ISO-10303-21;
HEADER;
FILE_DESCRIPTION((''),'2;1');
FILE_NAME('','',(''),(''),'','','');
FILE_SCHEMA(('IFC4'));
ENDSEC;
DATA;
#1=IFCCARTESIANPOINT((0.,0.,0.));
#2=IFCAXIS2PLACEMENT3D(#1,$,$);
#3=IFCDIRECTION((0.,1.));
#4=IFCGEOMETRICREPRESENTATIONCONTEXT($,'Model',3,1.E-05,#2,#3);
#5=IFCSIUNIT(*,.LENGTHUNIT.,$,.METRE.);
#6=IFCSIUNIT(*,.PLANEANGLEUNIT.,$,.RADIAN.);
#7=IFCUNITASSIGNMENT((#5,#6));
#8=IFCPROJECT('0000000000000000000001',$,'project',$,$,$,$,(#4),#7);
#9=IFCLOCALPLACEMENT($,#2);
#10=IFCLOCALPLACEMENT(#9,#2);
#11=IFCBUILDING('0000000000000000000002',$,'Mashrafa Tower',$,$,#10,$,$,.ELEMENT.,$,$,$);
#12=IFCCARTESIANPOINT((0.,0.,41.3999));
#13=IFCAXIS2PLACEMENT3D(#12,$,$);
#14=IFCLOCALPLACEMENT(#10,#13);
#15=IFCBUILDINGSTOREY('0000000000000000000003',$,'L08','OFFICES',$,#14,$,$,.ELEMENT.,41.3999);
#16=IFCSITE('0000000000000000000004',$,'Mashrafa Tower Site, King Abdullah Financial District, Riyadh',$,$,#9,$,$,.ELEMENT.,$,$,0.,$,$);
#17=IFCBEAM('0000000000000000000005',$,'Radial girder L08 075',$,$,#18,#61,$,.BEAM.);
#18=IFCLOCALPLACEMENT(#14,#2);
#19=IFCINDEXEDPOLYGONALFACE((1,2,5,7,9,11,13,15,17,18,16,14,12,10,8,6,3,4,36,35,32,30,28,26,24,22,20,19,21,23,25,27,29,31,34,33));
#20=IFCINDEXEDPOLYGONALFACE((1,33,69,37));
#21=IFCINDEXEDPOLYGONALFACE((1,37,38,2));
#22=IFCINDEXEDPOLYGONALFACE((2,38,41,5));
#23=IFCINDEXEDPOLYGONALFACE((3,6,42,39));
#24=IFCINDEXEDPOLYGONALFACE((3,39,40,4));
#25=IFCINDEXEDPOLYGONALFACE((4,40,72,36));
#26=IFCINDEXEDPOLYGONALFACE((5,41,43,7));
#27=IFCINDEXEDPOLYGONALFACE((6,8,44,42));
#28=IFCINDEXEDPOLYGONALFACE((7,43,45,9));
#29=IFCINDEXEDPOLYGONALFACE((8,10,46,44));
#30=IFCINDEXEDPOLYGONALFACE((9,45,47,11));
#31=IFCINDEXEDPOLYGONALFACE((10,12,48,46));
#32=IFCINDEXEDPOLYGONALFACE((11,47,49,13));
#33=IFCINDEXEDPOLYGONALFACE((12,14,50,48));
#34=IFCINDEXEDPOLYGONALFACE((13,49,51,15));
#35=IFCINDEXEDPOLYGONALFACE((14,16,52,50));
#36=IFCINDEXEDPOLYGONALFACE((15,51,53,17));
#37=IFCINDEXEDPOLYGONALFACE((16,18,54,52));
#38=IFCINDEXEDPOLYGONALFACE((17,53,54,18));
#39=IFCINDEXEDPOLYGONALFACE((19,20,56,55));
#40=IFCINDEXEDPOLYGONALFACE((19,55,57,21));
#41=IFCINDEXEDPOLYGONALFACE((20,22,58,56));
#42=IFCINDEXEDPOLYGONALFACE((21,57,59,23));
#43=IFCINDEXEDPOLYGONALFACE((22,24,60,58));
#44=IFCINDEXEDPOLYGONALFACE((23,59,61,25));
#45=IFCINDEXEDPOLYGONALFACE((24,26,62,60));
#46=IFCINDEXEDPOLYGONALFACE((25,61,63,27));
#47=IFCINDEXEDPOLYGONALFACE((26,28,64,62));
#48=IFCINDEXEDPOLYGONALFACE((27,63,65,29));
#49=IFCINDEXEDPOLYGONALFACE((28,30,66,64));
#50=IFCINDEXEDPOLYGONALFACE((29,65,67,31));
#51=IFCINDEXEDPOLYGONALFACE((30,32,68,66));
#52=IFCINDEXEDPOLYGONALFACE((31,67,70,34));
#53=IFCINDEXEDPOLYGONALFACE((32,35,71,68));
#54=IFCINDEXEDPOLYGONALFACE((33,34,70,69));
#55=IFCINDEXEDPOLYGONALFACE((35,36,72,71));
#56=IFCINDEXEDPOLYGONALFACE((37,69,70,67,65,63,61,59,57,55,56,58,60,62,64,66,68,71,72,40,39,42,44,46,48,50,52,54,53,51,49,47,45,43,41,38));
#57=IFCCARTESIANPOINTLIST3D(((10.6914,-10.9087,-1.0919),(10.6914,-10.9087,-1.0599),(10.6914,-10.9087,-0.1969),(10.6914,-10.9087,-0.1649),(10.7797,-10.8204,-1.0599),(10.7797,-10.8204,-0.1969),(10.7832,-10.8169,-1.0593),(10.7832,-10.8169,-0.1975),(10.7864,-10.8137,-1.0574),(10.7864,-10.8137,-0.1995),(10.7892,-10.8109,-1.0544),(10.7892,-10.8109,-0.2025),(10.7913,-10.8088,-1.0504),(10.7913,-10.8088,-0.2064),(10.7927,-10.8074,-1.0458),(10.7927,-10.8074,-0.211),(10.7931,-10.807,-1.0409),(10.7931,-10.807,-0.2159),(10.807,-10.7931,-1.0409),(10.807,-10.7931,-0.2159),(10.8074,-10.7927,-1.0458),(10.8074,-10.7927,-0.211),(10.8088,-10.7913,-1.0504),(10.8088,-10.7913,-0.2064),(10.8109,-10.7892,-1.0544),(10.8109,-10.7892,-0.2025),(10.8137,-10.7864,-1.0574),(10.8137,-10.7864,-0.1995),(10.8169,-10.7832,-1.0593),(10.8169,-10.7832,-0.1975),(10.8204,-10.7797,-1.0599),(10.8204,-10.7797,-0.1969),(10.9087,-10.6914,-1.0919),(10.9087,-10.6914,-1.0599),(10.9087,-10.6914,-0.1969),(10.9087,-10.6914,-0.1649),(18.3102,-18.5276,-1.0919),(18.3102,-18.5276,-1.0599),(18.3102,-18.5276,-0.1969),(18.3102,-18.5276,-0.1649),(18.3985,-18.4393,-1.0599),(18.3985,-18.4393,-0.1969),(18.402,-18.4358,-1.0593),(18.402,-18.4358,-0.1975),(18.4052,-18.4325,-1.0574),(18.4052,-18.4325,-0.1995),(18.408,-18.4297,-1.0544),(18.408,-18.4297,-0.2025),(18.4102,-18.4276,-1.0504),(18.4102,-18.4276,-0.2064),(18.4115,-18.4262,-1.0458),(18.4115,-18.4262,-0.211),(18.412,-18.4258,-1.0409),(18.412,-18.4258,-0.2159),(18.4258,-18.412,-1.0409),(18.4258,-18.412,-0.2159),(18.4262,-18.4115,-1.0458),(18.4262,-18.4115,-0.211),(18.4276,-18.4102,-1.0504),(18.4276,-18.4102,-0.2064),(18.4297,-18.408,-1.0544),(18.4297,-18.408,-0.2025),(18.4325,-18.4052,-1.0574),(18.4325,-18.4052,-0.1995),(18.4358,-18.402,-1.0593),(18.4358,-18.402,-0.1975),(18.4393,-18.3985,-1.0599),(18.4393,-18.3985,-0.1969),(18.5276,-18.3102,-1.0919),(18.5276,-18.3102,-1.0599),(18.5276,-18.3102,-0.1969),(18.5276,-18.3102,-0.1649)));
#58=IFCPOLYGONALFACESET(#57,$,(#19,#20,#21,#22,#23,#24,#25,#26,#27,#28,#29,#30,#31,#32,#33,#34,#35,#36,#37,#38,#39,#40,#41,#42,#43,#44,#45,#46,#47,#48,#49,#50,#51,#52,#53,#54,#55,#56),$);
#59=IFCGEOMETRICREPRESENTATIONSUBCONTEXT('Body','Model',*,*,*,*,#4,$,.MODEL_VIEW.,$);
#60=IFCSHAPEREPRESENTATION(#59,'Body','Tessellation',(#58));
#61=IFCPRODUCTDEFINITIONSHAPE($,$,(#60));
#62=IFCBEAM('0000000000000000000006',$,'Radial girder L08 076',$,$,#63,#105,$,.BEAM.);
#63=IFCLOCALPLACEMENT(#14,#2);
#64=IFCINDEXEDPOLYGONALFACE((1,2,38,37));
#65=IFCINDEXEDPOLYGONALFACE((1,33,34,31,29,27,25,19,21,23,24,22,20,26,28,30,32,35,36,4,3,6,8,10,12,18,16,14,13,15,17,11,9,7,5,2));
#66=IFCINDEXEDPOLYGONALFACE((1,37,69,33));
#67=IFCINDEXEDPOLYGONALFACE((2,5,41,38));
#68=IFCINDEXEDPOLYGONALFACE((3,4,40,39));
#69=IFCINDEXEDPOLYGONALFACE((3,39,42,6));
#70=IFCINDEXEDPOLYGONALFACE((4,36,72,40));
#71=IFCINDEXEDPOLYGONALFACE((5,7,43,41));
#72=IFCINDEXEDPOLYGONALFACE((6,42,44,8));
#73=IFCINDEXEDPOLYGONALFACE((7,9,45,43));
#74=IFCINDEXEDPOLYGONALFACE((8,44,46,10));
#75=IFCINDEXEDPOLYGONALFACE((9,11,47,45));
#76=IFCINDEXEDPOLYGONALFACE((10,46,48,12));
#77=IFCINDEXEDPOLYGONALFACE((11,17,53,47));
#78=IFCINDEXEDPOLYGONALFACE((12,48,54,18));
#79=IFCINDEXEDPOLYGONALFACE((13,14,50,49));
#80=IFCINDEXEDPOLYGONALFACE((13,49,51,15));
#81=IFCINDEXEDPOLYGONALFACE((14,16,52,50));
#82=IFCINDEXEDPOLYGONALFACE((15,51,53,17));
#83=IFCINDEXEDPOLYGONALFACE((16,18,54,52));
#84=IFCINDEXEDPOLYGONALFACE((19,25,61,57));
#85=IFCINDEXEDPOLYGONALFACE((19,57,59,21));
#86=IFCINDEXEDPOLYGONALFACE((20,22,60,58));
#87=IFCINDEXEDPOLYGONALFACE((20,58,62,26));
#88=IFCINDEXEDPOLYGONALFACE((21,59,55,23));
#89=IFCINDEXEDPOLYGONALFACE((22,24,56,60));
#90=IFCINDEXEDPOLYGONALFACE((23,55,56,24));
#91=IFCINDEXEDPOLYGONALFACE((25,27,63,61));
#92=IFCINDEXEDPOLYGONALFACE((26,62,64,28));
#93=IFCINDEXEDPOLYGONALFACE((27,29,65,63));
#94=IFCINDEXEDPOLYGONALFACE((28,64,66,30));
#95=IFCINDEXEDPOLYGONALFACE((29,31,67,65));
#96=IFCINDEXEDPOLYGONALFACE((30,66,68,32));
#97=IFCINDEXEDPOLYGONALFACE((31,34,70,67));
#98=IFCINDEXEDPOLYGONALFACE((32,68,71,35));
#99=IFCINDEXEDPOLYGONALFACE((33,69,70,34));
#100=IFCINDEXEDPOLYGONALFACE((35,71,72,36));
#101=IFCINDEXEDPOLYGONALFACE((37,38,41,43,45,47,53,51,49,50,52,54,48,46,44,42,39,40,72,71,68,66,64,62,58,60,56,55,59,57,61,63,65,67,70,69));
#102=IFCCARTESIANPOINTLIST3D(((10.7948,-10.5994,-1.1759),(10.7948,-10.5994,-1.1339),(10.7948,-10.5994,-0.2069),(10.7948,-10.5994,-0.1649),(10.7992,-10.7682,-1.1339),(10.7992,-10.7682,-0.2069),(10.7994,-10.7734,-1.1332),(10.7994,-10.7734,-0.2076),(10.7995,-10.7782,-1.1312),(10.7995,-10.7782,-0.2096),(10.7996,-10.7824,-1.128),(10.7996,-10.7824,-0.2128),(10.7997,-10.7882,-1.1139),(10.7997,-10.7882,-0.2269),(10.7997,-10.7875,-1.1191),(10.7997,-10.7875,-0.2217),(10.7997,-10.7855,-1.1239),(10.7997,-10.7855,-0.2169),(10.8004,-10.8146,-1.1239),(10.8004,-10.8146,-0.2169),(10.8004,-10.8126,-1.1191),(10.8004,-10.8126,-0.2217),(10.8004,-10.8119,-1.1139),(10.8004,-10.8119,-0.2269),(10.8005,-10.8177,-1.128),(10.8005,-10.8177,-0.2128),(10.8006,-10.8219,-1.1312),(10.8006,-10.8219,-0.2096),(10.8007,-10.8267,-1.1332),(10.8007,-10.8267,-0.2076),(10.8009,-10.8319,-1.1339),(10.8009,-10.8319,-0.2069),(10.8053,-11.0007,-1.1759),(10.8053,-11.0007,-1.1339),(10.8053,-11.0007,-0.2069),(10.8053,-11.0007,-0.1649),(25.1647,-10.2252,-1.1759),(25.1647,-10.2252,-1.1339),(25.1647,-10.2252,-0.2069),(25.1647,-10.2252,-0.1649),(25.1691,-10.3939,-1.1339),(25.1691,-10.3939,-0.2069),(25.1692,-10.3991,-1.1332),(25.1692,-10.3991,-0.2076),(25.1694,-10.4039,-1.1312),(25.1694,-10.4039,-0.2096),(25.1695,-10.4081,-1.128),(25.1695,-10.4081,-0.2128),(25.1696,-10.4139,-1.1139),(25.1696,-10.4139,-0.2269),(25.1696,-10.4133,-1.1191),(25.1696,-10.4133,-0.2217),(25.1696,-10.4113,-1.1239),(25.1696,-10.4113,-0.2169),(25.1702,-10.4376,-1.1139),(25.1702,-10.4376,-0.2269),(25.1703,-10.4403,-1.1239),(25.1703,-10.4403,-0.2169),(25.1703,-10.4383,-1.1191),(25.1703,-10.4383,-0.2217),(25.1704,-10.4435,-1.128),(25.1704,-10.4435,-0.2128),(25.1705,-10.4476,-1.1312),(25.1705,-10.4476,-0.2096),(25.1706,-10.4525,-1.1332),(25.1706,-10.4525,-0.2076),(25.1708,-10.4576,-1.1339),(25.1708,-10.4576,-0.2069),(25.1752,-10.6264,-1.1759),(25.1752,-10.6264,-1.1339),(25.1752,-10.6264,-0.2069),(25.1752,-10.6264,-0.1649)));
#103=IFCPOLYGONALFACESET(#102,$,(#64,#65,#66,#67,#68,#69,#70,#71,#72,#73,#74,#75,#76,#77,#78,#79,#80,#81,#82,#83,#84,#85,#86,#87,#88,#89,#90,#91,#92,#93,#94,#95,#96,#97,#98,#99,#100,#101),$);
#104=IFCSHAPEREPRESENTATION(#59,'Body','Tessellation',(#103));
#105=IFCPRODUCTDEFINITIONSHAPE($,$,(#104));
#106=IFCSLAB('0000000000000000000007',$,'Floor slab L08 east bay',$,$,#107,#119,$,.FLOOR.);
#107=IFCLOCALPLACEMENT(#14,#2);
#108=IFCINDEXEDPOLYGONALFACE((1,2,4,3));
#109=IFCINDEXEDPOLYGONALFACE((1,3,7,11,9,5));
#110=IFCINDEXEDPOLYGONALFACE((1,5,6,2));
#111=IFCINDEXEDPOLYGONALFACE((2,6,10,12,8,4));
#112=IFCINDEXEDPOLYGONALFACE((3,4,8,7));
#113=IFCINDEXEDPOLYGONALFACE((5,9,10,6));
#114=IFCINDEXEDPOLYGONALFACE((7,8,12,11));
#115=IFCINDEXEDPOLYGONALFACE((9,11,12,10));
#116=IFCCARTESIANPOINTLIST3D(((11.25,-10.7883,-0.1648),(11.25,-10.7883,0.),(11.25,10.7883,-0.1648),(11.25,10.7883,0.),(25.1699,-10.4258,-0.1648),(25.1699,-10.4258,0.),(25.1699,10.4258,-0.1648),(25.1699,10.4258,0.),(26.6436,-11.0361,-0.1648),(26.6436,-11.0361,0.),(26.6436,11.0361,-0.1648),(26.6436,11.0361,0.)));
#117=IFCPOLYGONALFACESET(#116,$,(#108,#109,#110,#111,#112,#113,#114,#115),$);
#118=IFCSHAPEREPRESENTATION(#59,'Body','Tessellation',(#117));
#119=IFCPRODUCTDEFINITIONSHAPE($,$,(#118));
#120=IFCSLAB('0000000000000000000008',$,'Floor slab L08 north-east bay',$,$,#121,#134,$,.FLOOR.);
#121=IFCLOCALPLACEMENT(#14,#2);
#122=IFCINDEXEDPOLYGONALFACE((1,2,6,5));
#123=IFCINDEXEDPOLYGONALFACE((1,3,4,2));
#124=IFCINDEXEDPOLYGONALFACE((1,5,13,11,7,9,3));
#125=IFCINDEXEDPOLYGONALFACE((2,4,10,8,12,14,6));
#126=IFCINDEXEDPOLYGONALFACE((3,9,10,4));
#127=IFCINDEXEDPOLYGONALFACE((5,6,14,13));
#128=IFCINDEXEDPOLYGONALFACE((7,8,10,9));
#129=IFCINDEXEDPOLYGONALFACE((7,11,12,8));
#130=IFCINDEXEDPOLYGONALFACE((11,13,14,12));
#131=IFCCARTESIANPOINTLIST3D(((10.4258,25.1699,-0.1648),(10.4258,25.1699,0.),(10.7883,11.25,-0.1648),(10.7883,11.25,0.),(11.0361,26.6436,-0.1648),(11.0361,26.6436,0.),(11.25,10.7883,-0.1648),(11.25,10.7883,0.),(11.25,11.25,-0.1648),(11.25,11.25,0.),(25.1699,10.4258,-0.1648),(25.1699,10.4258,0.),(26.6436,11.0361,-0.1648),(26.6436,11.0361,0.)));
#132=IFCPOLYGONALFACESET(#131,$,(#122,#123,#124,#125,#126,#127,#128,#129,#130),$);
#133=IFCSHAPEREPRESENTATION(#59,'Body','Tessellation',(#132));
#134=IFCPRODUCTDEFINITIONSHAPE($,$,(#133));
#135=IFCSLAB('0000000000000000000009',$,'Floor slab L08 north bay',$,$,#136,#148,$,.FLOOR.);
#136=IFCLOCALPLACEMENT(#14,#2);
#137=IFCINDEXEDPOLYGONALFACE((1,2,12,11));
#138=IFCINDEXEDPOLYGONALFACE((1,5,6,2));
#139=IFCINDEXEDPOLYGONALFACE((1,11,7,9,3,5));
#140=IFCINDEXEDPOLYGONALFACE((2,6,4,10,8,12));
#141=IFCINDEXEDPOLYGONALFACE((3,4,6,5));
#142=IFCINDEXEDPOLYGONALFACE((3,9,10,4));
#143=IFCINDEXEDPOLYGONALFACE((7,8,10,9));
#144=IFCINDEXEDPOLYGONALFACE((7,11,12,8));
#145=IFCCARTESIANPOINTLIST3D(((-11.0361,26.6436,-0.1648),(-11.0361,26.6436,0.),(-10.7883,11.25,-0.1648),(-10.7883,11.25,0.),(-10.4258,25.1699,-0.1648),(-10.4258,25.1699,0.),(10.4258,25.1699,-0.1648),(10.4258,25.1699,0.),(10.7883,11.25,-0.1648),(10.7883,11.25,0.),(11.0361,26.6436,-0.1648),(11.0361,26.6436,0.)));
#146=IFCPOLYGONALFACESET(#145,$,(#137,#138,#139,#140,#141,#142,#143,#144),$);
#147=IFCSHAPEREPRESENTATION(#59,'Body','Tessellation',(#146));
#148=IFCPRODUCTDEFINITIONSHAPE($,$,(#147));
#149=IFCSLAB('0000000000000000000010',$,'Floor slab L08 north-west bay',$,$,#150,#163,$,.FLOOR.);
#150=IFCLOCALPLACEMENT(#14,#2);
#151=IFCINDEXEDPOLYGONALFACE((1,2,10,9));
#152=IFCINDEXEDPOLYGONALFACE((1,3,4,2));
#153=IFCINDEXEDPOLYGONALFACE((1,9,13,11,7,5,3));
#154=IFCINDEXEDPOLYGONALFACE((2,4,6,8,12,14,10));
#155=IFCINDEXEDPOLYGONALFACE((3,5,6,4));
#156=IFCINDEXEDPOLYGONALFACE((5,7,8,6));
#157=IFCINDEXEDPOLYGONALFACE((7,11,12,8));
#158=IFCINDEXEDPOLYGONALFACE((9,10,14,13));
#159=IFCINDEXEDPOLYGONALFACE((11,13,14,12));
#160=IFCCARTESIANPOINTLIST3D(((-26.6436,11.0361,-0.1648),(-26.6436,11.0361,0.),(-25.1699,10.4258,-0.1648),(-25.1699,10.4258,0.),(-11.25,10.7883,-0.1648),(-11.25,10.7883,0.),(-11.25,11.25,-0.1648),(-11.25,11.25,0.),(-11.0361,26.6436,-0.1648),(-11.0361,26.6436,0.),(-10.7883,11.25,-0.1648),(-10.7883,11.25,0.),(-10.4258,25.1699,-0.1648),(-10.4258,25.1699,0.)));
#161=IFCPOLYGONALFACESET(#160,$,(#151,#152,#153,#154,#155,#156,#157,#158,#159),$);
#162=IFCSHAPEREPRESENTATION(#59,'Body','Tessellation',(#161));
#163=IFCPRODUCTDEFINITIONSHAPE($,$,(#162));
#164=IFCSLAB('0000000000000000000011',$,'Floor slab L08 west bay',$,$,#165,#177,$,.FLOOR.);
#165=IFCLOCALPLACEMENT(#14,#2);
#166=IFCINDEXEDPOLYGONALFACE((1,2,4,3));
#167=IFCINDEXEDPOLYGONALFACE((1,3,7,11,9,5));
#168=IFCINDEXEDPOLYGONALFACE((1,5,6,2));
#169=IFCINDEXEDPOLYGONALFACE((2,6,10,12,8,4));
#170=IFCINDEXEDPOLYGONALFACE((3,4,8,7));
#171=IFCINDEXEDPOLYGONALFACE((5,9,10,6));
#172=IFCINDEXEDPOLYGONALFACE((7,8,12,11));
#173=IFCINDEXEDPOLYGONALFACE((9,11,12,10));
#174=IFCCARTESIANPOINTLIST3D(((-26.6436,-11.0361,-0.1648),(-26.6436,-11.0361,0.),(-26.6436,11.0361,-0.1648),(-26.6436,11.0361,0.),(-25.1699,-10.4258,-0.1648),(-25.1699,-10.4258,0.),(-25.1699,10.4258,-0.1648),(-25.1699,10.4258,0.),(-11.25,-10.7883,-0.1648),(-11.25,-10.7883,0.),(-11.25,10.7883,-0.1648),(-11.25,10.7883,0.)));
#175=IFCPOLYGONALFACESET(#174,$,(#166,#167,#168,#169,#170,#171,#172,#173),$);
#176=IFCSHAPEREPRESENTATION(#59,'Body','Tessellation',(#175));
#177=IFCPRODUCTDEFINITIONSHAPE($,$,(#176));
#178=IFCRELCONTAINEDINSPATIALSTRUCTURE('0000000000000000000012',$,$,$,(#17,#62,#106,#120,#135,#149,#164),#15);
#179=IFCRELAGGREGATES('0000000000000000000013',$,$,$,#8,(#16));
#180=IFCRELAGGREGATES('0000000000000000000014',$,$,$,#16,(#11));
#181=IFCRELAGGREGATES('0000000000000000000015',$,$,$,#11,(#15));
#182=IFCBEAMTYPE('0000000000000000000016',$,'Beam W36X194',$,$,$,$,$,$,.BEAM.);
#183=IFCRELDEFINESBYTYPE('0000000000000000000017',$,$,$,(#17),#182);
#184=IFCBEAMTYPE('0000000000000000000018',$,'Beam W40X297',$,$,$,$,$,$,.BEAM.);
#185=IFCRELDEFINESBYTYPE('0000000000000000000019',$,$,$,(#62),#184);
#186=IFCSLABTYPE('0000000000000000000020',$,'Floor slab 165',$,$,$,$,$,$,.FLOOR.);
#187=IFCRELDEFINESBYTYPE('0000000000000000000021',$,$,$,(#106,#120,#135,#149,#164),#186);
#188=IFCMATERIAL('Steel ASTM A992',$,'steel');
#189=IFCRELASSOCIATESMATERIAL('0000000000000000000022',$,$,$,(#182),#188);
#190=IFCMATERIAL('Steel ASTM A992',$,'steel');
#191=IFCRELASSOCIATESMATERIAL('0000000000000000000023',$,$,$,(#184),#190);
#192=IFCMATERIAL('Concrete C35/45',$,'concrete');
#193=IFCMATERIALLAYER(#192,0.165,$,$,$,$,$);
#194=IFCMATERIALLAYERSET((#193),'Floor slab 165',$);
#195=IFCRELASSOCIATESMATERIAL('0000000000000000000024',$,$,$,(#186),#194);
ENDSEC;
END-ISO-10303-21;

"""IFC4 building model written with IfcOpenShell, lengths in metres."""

from ifc_helpers import new_model, si_unit, direction, frame, origin, origin_2d, place, context, subcontext, project, spatial, polyline, i_section, outline, extrude, material, layer, layer_set, material_profile, profile_set, type_object, element, save


model = new_model("IFC4")

# Units and contexts
model_context = context("Model", 3, precision=1e-05, world=origin(), true_north=direction((0.0, 1.0)))
body_context = subcontext(model_context, "Body", "Model", "MODEL_VIEW")
ifc_project = project(units=[si_unit("LENGTHUNIT", "METRE"), si_unit("PLANEANGLEUNIT", "RADIAN")], contexts=[model_context])

# Site, building, storey
site_placement = place(None, origin())
site = spatial("IfcSite", under=ifc_project, at=site_placement, Name="Mashrafa Tower Site, King Abdullah Financial District, Riyadh", CompositionType="ELEMENT", RefElevation=0.0)
building_placement = place(site_placement, origin())
building = spatial("IfcBuilding", under=site, at=building_placement, Name="Mashrafa Tower", CompositionType="ELEMENT")
storey_placement = place(building_placement, frame((0.0, 0.0, 41.3999)))
storey = spatial("IfcBuildingStorey", under=building, at=storey_placement, Name="L08", Description="OFFICES", CompositionType="ELEMENT", Elevation=41.3999)

# Beams
ifc_material_1 = material(Name="Steel ASTM A992", Category="steel")
ifc_material_profile_1 = material_profile(ifc_material_1, i_section(OverallWidth=0.3074, OverallDepth=0.927, WebThickness=0.0195, FlangeThickness=0.032, FilletRadius=0.019, at=origin_2d()), Name="W36X194")
ifc_profile_set_1 = profile_set([ifc_material_profile_1], Name="Steel ASTM A992")
beam_type_1 = type_object("IfcBeamType", Name="Beam W36X194", PredefinedType="BEAM", material=ifc_profile_set_1)
beam_1_placement = place(storey_placement, frame((10.8, -10.8, -0.6284), z_axis=(0.707107, -0.707107, 0.0), x_axis=(0.707107, 0.707107, 0.0)))
element("IfcBeam", 1, at=beam_1_placement, inside=storey, type_object=beam_type_1, Name="Radial girder L08 075", PredefinedType="BEAM", context=body_context, shape_type="SweptSolid", body=[
    extrude(i_section(OverallWidth=0.3074, OverallDepth=0.927, WebThickness=0.0195, FlangeThickness=0.032, FilletRadius=0.019, at=origin_2d()), origin(), (0.0, 0.0, 1.0), 10.7747),
])
ifc_material_2 = material(Name="Steel ASTM A992", Category="steel")
ifc_material_profile_2 = material_profile(ifc_material_2, i_section(OverallWidth=0.4014, OverallDepth=1.011, WebThickness=0.0237, FlangeThickness=0.042, FilletRadius=0.02, at=origin_2d()), Name="W40X297")
ifc_profile_set_2 = profile_set([ifc_material_profile_2], Name="Steel ASTM A992")
beam_type_2 = type_object("IfcBeamType", Name="Beam W40X297", PredefinedType="BEAM", material=ifc_profile_set_2)
beam_2_placement = place(storey_placement, frame((10.8, -10.8, -0.6704), z_axis=(0.999661, 0.026036, 0.0), x_axis=(-0.026036, 0.999661, 0.0)))
element("IfcBeam", 2, at=beam_2_placement, inside=storey, type_object=beam_type_2, Name="Radial girder L08 076", PredefinedType="BEAM", context=body_context, shape_type="SweptSolid", body=[
    extrude(i_section(OverallWidth=0.4014, OverallDepth=1.011, WebThickness=0.0237, FlangeThickness=0.042, FilletRadius=0.02, at=origin_2d()), origin(), (0.0, 0.0, 1.0), 14.3748),
])

# Slabs
ifc_material_3 = material(Name="Concrete C35/45", Category="concrete")
ifc_layer_1 = layer(ifc_material_3, 0.165)
ifc_layer_set_1 = layer_set([ifc_layer_1], Name="Floor slab 165")
slab_type_1 = type_object("IfcSlabType", Name="Floor slab 165", PredefinedType="FLOOR", material=ifc_layer_set_1)
slab_1_placement = place(storey_placement, frame((0.0, 0.0, -0.1648)))
element("IfcSlab", 3, at=slab_1_placement, inside=storey, type_object=slab_type_1, Name="Floor slab L08 east bay", PredefinedType="FLOOR", context=body_context, shape_type="SweptSolid", body=[
    extrude(outline(polyline([(26.6436, 11.0361), (26.6436, -11.0361), (26.6436, -11.0361), (25.1699, -10.4258), (11.25, -10.7883), (11.25, 10.7883), (25.1699, 10.4258), (26.6436, 11.0361), (26.6436, 11.0361)])), origin(), (0.0, 0.0, 1.0), 0.1648),
])
slab_2_placement = place(storey_placement, frame((0.0, 0.0, -0.1648)))
element("IfcSlab", 4, at=slab_2_placement, inside=storey, type_object=slab_type_1, Name="Floor slab L08 north-east bay", PredefinedType="FLOOR", context=body_context, shape_type="SweptSolid", body=[
    extrude(outline(polyline([(26.6436, 11.0361), (25.1699, 10.4258), (11.25, 10.7883), (11.25, 11.25), (10.7883, 11.25), (10.4258, 25.1699), (11.0361, 26.6436), (26.6436, 11.0361)])), origin(), (0.0, 0.0, 1.0), 0.1648),
])
slab_3_placement = place(storey_placement, frame((0.0, 0.0, -0.1648)))
element("IfcSlab", 5, at=slab_3_placement, inside=storey, type_object=slab_type_1, Name="Floor slab L08 north bay", PredefinedType="FLOOR", context=body_context, shape_type="SweptSolid", body=[
    extrude(outline(polyline([(-11.0361, 26.6436), (11.0361, 26.6436), (11.0361, 26.6436), (10.4258, 25.1699), (10.7883, 11.25), (-10.7883, 11.25), (-10.4258, 25.1699), (-11.0361, 26.6436), (-11.0361, 26.6436)])), origin(), (0.0, 0.0, 1.0), 0.1648),
])
slab_4_placement = place(storey_placement, frame((0.0, 0.0, -0.1648)))
element("IfcSlab", 6, at=slab_4_placement, inside=storey, type_object=slab_type_1, Name="Floor slab L08 north-west bay", PredefinedType="FLOOR", context=body_context, shape_type="SweptSolid", body=[
    extrude(outline(polyline([(-11.0361, 26.6436), (-10.4258, 25.1699), (-10.7883, 11.25), (-11.25, 11.25), (-11.25, 10.7883), (-25.1699, 10.4258), (-26.6436, 11.0361), (-11.0361, 26.6436)])), origin(), (0.0, 0.0, 1.0), 0.1648),
])
slab_5_placement = place(storey_placement, frame((0.0, 0.0, -0.1648)))
element("IfcSlab", 7, at=slab_5_placement, inside=storey, type_object=slab_type_1, Name="Floor slab L08 west bay", PredefinedType="FLOOR", context=body_context, shape_type="SweptSolid", body=[
    extrude(outline(polyline([(-26.6436, -11.0361), (-26.6436, 11.0361), (-26.6436, 11.0361), (-25.1699, 10.4258), (-11.25, 10.7883), (-11.25, -10.7883), (-25.1699, -10.4258), (-26.6436, -11.0361), (-26.6436, -11.0361)])), origin(), (0.0, 0.0, 1.0), 0.1648),
])

save(model, "model.ifc")
